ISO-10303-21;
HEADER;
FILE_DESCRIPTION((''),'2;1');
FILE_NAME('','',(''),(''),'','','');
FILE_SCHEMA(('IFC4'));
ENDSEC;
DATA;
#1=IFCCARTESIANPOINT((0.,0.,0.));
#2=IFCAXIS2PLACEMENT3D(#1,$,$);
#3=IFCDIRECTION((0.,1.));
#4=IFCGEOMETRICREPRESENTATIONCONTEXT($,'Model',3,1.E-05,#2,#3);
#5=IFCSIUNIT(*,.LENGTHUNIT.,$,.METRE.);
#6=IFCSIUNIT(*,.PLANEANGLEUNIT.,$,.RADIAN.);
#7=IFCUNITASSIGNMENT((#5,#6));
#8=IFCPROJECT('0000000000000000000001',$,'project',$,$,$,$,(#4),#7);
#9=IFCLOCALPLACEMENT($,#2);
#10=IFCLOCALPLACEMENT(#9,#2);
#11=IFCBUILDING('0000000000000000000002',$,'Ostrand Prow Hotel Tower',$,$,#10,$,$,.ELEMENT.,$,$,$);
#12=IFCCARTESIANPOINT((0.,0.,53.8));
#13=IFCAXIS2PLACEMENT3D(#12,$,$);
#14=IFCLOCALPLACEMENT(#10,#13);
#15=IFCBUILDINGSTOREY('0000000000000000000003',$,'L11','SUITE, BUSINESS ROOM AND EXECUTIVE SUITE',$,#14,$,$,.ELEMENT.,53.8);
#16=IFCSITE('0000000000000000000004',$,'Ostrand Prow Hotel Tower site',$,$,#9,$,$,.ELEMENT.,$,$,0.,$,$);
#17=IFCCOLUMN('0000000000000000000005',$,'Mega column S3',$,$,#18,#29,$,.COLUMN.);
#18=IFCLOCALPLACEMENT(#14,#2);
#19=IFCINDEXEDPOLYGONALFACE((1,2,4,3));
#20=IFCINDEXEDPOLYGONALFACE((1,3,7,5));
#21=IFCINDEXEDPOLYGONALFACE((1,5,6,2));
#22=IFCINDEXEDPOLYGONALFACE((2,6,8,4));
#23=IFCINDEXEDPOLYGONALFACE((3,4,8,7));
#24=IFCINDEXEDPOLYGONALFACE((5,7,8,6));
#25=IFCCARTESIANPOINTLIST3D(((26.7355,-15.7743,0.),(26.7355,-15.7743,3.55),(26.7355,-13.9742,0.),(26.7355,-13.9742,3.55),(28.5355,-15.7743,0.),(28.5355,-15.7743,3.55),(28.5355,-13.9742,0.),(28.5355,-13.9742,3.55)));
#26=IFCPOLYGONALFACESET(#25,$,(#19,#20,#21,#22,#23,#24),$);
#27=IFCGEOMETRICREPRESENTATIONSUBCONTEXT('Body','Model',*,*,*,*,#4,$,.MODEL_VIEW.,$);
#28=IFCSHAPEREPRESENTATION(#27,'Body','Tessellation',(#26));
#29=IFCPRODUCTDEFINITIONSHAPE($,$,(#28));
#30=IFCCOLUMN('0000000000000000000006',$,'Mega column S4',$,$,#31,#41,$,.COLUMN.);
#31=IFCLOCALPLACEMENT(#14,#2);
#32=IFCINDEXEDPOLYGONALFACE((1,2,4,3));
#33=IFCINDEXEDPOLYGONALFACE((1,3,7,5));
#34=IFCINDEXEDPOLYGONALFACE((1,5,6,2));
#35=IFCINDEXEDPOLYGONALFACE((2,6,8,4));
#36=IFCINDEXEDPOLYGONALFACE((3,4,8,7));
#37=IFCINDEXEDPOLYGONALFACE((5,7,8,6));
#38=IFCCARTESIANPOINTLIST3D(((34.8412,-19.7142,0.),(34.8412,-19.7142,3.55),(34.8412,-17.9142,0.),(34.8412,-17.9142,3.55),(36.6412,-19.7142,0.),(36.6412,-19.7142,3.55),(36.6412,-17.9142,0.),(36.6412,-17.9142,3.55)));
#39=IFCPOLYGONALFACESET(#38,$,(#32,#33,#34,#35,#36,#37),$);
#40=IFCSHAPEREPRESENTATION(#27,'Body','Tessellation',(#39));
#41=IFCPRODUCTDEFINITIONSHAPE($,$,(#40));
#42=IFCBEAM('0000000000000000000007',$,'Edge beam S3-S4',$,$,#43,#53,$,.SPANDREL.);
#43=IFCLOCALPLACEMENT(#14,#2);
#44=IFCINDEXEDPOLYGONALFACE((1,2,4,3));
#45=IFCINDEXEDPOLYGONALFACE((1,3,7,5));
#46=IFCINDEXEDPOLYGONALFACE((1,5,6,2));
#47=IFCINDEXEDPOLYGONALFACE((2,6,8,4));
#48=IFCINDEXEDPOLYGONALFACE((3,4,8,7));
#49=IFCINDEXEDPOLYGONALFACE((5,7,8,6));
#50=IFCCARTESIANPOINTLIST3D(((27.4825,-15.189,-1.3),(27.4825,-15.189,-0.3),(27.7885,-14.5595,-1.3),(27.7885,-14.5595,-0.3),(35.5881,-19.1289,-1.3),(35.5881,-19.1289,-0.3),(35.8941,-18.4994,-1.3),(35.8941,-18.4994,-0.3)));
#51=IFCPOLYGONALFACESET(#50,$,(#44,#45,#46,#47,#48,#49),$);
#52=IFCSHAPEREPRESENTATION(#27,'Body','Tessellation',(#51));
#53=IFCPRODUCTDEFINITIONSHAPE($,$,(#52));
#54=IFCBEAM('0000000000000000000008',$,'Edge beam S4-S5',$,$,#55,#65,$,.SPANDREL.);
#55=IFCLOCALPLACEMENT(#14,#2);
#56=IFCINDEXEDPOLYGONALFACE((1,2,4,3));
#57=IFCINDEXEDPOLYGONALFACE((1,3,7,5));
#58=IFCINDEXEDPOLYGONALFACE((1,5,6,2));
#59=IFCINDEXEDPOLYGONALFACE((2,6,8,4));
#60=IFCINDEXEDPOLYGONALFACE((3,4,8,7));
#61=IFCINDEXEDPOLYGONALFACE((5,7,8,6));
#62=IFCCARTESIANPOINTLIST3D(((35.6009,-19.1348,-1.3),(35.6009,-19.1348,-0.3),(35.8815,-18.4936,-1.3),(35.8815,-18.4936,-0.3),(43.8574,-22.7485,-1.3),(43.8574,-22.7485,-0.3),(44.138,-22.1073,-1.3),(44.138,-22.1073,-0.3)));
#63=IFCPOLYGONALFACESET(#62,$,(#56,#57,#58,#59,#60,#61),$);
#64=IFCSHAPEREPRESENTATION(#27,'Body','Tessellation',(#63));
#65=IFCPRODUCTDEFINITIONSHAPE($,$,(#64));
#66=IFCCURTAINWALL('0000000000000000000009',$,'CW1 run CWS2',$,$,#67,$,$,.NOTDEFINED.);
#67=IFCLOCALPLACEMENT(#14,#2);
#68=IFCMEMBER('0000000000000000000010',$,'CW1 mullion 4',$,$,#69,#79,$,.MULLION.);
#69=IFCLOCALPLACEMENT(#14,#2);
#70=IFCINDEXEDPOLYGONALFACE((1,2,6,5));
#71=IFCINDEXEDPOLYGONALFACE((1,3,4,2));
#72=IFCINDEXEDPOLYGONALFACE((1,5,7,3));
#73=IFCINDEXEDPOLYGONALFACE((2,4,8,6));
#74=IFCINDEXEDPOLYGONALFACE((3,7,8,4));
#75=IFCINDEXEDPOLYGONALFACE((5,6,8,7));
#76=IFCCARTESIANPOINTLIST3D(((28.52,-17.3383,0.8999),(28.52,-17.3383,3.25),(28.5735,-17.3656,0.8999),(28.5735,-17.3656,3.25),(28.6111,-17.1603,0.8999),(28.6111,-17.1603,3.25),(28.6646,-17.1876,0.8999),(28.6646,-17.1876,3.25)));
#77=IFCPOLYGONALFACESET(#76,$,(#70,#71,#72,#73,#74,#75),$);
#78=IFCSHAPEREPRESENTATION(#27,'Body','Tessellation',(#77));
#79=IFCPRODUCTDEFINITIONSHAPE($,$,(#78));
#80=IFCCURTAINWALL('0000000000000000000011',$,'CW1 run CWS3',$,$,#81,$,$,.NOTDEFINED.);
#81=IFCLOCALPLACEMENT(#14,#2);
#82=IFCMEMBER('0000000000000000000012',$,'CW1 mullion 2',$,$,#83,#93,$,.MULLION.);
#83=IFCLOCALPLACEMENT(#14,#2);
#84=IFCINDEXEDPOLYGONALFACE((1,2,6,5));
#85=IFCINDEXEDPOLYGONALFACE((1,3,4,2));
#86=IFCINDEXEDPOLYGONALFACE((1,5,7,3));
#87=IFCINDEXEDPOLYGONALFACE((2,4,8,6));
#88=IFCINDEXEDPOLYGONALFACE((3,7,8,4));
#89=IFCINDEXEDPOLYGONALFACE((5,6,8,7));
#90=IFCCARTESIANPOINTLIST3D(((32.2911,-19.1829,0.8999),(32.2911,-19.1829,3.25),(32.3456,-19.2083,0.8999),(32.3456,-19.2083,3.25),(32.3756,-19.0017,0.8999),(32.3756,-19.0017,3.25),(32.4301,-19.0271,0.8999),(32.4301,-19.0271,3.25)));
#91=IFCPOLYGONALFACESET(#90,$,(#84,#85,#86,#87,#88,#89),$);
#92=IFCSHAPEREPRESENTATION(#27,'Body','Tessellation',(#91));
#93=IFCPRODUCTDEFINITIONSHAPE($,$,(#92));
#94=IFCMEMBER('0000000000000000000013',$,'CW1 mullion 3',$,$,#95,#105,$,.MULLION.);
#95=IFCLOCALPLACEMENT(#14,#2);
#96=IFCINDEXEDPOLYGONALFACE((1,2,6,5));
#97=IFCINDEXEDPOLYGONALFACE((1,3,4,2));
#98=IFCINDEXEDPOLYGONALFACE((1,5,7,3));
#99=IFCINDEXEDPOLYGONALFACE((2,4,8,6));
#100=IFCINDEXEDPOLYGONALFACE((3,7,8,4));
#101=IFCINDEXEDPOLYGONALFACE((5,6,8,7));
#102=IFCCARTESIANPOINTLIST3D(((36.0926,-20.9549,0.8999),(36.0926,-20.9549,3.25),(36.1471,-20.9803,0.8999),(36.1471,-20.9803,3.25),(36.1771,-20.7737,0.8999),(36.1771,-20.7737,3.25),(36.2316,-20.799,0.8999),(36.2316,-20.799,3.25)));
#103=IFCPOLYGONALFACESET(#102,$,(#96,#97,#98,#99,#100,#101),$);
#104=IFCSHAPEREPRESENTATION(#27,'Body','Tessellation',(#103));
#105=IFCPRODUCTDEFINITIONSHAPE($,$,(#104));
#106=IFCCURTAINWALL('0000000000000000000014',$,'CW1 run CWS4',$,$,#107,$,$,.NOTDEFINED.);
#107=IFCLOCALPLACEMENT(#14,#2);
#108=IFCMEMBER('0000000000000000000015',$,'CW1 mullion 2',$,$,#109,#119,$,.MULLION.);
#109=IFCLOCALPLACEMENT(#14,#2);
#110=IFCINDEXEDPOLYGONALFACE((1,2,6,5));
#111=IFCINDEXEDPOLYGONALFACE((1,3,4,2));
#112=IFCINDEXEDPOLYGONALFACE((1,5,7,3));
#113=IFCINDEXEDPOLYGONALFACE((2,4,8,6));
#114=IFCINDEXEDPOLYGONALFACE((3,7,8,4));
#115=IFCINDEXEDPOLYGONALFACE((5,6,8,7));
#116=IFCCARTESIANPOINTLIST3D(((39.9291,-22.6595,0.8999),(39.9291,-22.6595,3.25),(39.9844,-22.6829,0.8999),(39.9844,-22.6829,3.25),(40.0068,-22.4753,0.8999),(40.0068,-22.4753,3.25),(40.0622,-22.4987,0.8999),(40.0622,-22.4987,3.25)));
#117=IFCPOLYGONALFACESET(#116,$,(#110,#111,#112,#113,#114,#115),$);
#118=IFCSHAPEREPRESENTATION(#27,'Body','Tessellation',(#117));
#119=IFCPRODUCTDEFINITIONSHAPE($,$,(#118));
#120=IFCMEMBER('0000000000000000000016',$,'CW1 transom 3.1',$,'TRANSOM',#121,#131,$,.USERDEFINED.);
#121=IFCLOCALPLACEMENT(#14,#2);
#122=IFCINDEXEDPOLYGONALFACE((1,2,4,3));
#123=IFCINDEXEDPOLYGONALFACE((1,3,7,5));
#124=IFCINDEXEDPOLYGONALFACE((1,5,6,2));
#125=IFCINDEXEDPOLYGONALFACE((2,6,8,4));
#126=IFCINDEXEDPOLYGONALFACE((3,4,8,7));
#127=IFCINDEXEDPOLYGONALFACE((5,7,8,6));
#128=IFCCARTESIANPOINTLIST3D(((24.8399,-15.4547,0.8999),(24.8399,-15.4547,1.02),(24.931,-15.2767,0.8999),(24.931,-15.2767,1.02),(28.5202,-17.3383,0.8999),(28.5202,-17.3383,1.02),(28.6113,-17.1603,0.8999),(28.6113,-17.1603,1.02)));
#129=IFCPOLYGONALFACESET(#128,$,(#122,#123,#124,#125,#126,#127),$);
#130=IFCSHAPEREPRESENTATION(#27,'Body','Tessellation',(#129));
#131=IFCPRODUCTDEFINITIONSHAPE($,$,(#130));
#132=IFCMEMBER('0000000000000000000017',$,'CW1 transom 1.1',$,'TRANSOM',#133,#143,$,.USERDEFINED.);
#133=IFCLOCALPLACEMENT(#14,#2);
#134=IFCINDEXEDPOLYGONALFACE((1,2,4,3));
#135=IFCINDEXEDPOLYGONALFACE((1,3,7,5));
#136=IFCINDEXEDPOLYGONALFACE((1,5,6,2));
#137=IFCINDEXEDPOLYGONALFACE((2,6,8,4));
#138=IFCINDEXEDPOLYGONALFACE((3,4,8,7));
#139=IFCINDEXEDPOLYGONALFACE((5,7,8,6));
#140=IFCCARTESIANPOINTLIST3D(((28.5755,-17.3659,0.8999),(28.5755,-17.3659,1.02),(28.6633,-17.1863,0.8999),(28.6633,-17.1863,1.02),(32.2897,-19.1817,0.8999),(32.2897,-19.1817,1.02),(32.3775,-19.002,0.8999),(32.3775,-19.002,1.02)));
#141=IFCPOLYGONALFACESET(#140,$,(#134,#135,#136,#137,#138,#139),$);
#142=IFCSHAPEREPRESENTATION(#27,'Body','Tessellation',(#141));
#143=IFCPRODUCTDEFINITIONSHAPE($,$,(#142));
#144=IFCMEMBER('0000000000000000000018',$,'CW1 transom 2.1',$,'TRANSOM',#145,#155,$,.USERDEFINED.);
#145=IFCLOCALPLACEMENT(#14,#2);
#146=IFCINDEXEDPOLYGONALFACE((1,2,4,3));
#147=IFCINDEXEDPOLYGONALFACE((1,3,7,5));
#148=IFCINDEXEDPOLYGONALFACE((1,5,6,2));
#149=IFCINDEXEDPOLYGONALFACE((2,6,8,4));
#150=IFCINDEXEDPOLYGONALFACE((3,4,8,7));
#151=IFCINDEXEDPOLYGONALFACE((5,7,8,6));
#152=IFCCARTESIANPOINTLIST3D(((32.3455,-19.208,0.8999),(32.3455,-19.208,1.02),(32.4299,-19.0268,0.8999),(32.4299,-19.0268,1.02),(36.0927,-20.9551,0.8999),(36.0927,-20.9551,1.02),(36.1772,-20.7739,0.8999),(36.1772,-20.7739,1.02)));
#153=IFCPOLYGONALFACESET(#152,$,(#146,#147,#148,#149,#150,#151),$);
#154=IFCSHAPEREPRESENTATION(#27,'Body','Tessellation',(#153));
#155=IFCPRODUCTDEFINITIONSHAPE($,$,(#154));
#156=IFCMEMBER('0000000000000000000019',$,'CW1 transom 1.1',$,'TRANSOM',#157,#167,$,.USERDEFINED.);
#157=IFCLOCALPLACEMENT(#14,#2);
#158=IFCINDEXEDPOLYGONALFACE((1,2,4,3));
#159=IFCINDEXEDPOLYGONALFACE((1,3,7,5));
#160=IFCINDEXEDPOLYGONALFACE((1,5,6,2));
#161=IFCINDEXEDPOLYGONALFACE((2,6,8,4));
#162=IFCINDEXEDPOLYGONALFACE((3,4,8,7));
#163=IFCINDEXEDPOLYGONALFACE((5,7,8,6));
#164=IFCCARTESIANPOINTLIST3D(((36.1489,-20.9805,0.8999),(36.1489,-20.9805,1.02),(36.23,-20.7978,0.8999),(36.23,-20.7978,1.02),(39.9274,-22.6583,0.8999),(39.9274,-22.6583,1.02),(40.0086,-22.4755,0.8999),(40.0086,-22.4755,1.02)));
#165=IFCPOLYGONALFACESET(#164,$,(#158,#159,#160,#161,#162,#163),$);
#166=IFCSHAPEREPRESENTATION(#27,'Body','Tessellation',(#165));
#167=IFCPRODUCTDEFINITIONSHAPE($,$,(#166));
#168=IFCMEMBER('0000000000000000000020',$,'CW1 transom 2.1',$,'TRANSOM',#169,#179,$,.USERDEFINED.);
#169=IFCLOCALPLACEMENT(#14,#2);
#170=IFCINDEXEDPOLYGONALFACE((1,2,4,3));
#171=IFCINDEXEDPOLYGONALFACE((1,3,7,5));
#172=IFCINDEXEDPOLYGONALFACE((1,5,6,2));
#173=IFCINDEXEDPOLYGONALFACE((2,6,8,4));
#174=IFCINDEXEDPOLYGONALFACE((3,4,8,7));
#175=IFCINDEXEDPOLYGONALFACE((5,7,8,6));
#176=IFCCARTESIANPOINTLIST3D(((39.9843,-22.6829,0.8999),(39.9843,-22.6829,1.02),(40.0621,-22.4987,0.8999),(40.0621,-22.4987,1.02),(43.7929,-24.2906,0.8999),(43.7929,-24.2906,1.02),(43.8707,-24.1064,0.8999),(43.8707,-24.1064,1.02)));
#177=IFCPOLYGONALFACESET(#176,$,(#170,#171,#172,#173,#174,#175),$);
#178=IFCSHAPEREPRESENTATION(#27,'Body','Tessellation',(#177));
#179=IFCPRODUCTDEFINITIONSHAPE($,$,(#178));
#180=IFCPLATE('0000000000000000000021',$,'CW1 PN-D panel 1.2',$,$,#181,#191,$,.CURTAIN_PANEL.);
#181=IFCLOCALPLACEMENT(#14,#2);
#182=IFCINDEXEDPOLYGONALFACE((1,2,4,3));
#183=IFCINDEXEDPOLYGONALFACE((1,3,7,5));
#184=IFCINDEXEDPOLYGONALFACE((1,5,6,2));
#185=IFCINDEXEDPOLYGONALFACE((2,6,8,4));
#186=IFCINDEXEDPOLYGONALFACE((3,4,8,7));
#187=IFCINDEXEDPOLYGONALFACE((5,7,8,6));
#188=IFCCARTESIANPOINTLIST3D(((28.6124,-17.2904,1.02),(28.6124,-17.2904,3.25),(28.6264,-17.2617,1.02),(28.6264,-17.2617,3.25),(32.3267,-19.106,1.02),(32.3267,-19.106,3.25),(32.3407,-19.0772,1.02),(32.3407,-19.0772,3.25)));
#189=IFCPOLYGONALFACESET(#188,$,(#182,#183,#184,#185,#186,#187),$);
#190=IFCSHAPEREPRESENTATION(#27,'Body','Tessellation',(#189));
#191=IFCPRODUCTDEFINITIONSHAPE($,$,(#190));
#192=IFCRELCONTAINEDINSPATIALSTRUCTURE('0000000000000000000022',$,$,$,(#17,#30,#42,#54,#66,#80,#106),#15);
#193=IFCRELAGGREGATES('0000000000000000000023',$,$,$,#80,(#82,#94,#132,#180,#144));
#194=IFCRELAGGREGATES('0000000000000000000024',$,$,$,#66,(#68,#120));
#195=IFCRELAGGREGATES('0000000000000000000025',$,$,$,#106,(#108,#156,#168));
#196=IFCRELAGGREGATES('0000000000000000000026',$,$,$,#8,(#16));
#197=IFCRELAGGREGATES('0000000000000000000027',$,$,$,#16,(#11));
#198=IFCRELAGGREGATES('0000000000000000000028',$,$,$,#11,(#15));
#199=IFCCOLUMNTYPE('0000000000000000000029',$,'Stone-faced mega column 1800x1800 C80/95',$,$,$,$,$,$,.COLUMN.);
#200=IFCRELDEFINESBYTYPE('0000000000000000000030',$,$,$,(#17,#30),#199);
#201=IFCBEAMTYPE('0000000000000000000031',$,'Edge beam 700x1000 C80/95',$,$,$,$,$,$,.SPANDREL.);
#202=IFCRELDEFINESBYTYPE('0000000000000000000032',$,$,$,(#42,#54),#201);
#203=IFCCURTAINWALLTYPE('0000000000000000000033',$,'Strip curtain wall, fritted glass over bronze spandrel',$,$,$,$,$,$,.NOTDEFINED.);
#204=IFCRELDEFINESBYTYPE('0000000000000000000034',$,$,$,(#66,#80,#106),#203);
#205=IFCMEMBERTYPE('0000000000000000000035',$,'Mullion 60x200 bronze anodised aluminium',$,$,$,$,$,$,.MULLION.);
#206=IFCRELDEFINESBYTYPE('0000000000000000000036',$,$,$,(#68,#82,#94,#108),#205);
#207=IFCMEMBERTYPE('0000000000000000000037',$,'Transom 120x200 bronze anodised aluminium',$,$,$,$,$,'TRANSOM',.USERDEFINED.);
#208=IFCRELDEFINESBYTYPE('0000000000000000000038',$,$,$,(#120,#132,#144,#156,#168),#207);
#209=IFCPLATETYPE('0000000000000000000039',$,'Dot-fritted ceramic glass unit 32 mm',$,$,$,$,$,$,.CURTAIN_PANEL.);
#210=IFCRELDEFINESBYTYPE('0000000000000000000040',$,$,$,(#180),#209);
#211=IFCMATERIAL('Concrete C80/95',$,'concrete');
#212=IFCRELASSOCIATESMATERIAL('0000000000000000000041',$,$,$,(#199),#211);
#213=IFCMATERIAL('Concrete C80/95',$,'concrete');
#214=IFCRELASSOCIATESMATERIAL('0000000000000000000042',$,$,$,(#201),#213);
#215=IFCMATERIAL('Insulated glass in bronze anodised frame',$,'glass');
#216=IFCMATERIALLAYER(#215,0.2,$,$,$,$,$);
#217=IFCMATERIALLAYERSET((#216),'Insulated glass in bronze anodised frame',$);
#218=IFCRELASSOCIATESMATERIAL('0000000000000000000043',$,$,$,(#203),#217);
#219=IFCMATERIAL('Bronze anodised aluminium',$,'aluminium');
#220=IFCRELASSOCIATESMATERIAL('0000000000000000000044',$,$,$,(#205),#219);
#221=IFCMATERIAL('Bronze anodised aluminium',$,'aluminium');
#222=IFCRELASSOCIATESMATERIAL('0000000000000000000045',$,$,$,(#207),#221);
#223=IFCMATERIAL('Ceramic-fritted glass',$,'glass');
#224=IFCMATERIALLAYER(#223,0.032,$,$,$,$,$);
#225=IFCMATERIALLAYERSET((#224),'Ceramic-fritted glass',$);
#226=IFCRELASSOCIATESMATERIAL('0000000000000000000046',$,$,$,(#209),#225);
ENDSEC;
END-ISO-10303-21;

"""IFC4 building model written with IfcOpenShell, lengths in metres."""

from ifc_helpers import new_model, si_unit, direction, frame, origin, origin_2d, place, context, subcontext, project, spatial, rectangle, extrude, material, layer, layer_set, material_profile, profile_set, type_object, element, aggregate, save


model = new_model("IFC4")

# Units and contexts
model_context = context("Model", 3, precision=1e-05, world=origin(), true_north=direction((0.0, 1.0)))
body_context = subcontext(model_context, "Body", "Model", "MODEL_VIEW")
ifc_project = project(units=[si_unit("LENGTHUNIT", "METRE"), si_unit("PLANEANGLEUNIT", "RADIAN")], contexts=[model_context])

# Site, building, storey
site_placement = place(None, origin())
site = spatial("IfcSite", under=ifc_project, at=site_placement, Name="Ostrand Prow Hotel Tower site", CompositionType="ELEMENT", RefElevation=0.0)
building_placement = place(site_placement, origin())
building = spatial("IfcBuilding", under=site, at=building_placement, Name="Ostrand Prow Hotel Tower", CompositionType="ELEMENT")
storey_placement = place(building_placement, frame((0.0, 0.0, 53.8)))
storey = spatial("IfcBuildingStorey", under=building, at=storey_placement, Name="L11", Description="SUITE, BUSINESS ROOM AND EXECUTIVE SUITE", CompositionType="ELEMENT", Elevation=53.8)

# Columns
ifc_material_1 = material(Name="Concrete C80/95", Category="concrete")
ifc_material_profile_1 = material_profile(ifc_material_1, rectangle(XDim=1.8, YDim=1.8, at=origin_2d()), Name="RC 1800x1800")
ifc_profile_set_1 = profile_set([ifc_material_profile_1], Name="Concrete C80/95")
column_type = type_object("IfcColumnType", Name="Stone-faced mega column 1800x1800 C80/95", PredefinedType="COLUMN", material=ifc_profile_set_1)
for number, where, z_axis, x_axis, name in (
    (1, (27.6355, -14.8743, 0.0), (0.0, 0.0, 1.0), (1.0, 0.0, 0.0), "Mega column S3"),
    (2, (35.7412, -18.8142, 0.0), (0.0, 0.0, 1.0), (1.0, 0.0, 0.0), "Mega column S4"),
):
    element("IfcColumn", number, at=place(storey_placement, frame(where, z_axis=z_axis, x_axis=x_axis)), inside=storey, type_object=column_type, Name=name, PredefinedType="COLUMN", context=body_context, shape_type="SweptSolid", body=[
        extrude(rectangle(XDim=1.8, YDim=1.8, at=origin_2d()), origin(), (0.0, 0.0, 1.0), 3.55),
    ])

# Beams
ifc_material_2 = material(Name="Concrete C80/95", Category="concrete")
ifc_material_profile_2 = material_profile(ifc_material_2, rectangle(XDim=0.7, YDim=1.0, at=origin_2d()), Name="RC 700x1000")
ifc_profile_set_2 = profile_set([ifc_material_profile_2], Name="Concrete C80/95")
beam_type = type_object("IfcBeamType", Name="Edge beam 700x1000 C80/95", PredefinedType="SPANDREL", material=ifc_profile_set_2)
beam_1_placement = place(storey_placement, frame((27.6355, -14.8743, -0.8), z_axis=(0.899382, -0.437163, 0.0), x_axis=(0.437163, 0.899382, 0.0)))
element("IfcBeam", 3, at=beam_1_placement, inside=storey, type_object=beam_type, Name="Edge beam S3-S4", PredefinedType="SPANDREL", context=body_context, shape_type="SweptSolid", body=[
    extrude(rectangle(XDim=0.7, YDim=1.0, at=origin_2d()), origin(), (0.0, 0.0, 1.0), 9.0125),
])
beam_2_placement = place(storey_placement, frame((35.7412, -18.8142, -0.8), z_axis=(0.916096, -0.40096, 0.0), x_axis=(0.40096, 0.916096, 0.0)))
element("IfcBeam", 4, at=beam_2_placement, inside=storey, type_object=beam_type, Name="Edge beam S4-S5", PredefinedType="SPANDREL", context=body_context, shape_type="SweptSolid", body=[
    extrude(rectangle(XDim=0.7, YDim=1.0, at=origin_2d()), origin(), (0.0, 0.0, 1.0), 9.0127),
])

# Curtain wall, member
ifc_material_3 = material(Name="Insulated glass in bronze anodised frame", Category="glass")
ifc_layer_1 = layer(ifc_material_3, 0.2)
ifc_layer_set_1 = layer_set([ifc_layer_1], Name="Insulated glass in bronze anodised frame")
curtain_wall_type = type_object("IfcCurtainWallType", Name="Strip curtain wall, fritted glass over bronze spandrel", PredefinedType="NOTDEFINED", material=ifc_layer_set_1)
curtain_wall_1_placement = place(storey_placement, origin())
curtain_wall_1 = element("IfcCurtainWall", 5, at=curtain_wall_1_placement, inside=storey, type_object=curtain_wall_type, Name="CW1 run CWS2", PredefinedType="NOTDEFINED")
ifc_material_4 = material(Name="Bronze anodised aluminium", Category="aluminium")
ifc_material_profile_3 = material_profile(ifc_material_4, rectangle(XDim=0.2, YDim=0.0601, at=origin_2d()), Name="Mullion 60x200 bronze anodised aluminium")
ifc_profile_set_3 = profile_set([ifc_material_profile_3], Name="Bronze anodised aluminium")
member_type_1 = type_object("IfcMemberType", Name="Mullion 60x200 bronze anodised aluminium", PredefinedType="MULLION", material=ifc_profile_set_3)
member_1_placement = place(storey_placement, frame((28.5923, -17.2629, 0.8999), z_axis=(0.0, 0.0, 1.0), x_axis=(0.455596, 0.890187, 0.0)))
member_1 = element("IfcMember", 6, at=member_1_placement, type_object=member_type_1, Name="CW1 mullion 4", PredefinedType="MULLION", context=body_context, shape_type="SweptSolid", body=[
    extrude(rectangle(XDim=0.2, YDim=0.0601, at=origin_2d()), origin(), (0.0, 0.0, 1.0), 2.3501),
])

# Curtain wall, members
curtain_wall_2_placement = place(storey_placement, origin())
curtain_wall_2 = element("IfcCurtainWall", 7, at=curtain_wall_2_placement, inside=storey, type_object=curtain_wall_type, Name="CW1 run CWS3", PredefinedType="NOTDEFINED")
member_2_placement = place(storey_placement, frame((32.3606, -19.105, 0.8999), z_axis=(0.0, 0.0, 1.0), x_axis=(0.42253, 0.906349, 0.0)))
member_2 = element("IfcMember", 8, at=member_2_placement, type_object=member_type_1, Name="CW1 mullion 2", PredefinedType="MULLION", context=body_context, shape_type="SweptSolid", body=[
    extrude(rectangle(XDim=0.2, YDim=0.0601, at=origin_2d()), origin(), (0.0, 0.0, 1.0), 2.3501),
])
member_3_placement = place(storey_placement, frame((36.1621, -20.877, 0.8999), z_axis=(0.0, 0.0, 1.0), x_axis=(0.42253, 0.906349, 0.0)))
member_3 = element("IfcMember", 9, at=member_3_placement, type_object=member_type_1, Name="CW1 mullion 3", PredefinedType="MULLION", context=body_context, shape_type="SweptSolid", body=[
    extrude(rectangle(XDim=0.2, YDim=0.0601, at=origin_2d()), origin(), (0.0, 0.0, 1.0), 2.3501),
])

# Curtain wall, member
curtain_wall_3_placement = place(storey_placement, origin())
curtain_wall_3 = element("IfcCurtainWall", 10, at=curtain_wall_3_placement, inside=storey, type_object=curtain_wall_type, Name="CW1 run CWS4", PredefinedType="NOTDEFINED")
member_4_placement = place(storey_placement, frame((39.9956, -22.5791, 0.8999), z_axis=(0.0, 0.0, 1.0), x_axis=(0.388892, 0.921283, 0.0)))
member_4 = element("IfcMember", 11, at=member_4_placement, type_object=member_type_1, Name="CW1 mullion 2", PredefinedType="MULLION", context=body_context, shape_type="SweptSolid", body=[
    extrude(rectangle(XDim=0.2, YDim=0.0601, at=origin_2d()), origin(), (0.0, 0.0, 1.0), 2.3501),
])

# Members
ifc_material_5 = material(Name="Bronze anodised aluminium", Category="aluminium")
ifc_material_profile_4 = material_profile(ifc_material_5, rectangle(XDim=0.2, YDim=0.1201, at=origin_2d()), Name="Transom 120x200 bronze anodised aluminium")
ifc_profile_set_4 = profile_set([ifc_material_profile_4], Name="Bronze anodised aluminium")
member_type_2 = type_object("IfcMemberType", Name="Transom 120x200 bronze anodised aluminium", ElementType="TRANSOM", PredefinedType="USERDEFINED", material=ifc_profile_set_4)
member_5_placement = place(storey_placement, frame((24.8855, -15.3657, 0.96), z_axis=(0.890183, -0.455603, 0.0), x_axis=(0.455603, 0.890183, 0.0)))
member_5 = element("IfcMember", 12, at=member_5_placement, type_object=member_type_2, Name="CW1 transom 3.1", ObjectType="TRANSOM", PredefinedType="USERDEFINED", context=body_context, shape_type="SweptSolid", body=[
    extrude(rectangle(XDim=0.2, YDim=0.1201, at=origin_2d()), origin(), (0.0, 0.0, 1.0), 4.1343),
])
member_6_placement = place(storey_placement, frame((28.6194, -17.2761, 0.96), z_axis=(0.898395, -0.439188, 0.0), x_axis=(0.439188, 0.898395, 0.0)))
member_6 = element("IfcMember", 13, at=member_6_placement, type_object=member_type_2, Name="CW1 transom 1.1", ObjectType="TRANSOM", PredefinedType="USERDEFINED", context=body_context, shape_type="SweptSolid", body=[
    extrude(rectangle(XDim=0.2, YDim=0.1201, at=origin_2d()), origin(), (0.0, 0.0, 1.0), 4.1343),
])
member_7_placement = place(storey_placement, frame((32.3877, -19.1174, 0.96), z_axis=(0.906338, -0.422552, 0.0), x_axis=(0.422552, 0.906338, 0.0)))
member_7 = element("IfcMember", 14, at=member_7_placement, type_object=member_type_2, Name="CW1 transom 2.1", ObjectType="TRANSOM", PredefinedType="USERDEFINED", context=body_context, shape_type="SweptSolid", body=[
    extrude(rectangle(XDim=0.2, YDim=0.1201, at=origin_2d()), origin(), (0.0, 0.0, 1.0), 4.1345),
])
member_8_placement = place(storey_placement, frame((36.1895, -20.8892, 0.96), z_axis=(0.913958, -0.40581, 0.0), x_axis=(0.40581, 0.913958, 0.0)))
member_8 = element("IfcMember", 15, at=member_8_placement, type_object=member_type_2, Name="CW1 transom 1.1", ObjectType="TRANSOM", PredefinedType="USERDEFINED", context=body_context, shape_type="SweptSolid", body=[
    extrude(rectangle(XDim=0.2, YDim=0.1201, at=origin_2d()), origin(), (0.0, 0.0, 1.0), 4.1343),
])
member_9_placement = place(storey_placement, frame((40.0232, -22.5908, 0.96), z_axis=(0.921285, -0.388888, 0.0), x_axis=(0.388888, 0.921285, 0.0)))
member_9 = element("IfcMember", 16, at=member_9_placement, type_object=member_type_2, Name="CW1 transom 2.1", ObjectType="TRANSOM", PredefinedType="USERDEFINED", context=body_context, shape_type="SweptSolid", body=[
    extrude(rectangle(XDim=0.2, YDim=0.1201, at=origin_2d()), origin(), (0.0, 0.0, 1.0), 4.134),
])

# Plate
ifc_material_6 = material(Name="Ceramic-fritted glass", Category="glass")
ifc_layer_2 = layer(ifc_material_6, 0.032)
ifc_layer_set_2 = layer_set([ifc_layer_2], Name="Ceramic-fritted glass")
plate_type_1 = type_object("IfcPlateType", Name="Dot-fritted ceramic glass unit 32 mm", PredefinedType="CURTAIN_PANEL", material=ifc_layer_set_2)
plate_1_placement = place(storey_placement, frame((30.4766, -18.1838, 1.02), z_axis=(0.0, 0.0, 1.0), x_axis=(0.89842, -0.439138, 0.0)))
plate_1 = element("IfcPlate", 17, at=plate_1_placement, type_object=plate_type_1, Name="CW1 PN-D panel 1.2", PredefinedType="CURTAIN_PANEL", context=body_context, shape_type="SweptSolid", body=[
    extrude(rectangle(XDim=4.1343, YDim=0.032, at=origin_2d()), origin(), (0.0, 0.0, 1.0), 2.23),
])
aggregate(curtain_wall_2, [member_2, member_3, member_6, plate_1, member_7])
aggregate(curtain_wall_1, [member_1, member_5])
aggregate(curtain_wall_3, [member_4, member_8, member_9])

save(model, "model.ifc")
